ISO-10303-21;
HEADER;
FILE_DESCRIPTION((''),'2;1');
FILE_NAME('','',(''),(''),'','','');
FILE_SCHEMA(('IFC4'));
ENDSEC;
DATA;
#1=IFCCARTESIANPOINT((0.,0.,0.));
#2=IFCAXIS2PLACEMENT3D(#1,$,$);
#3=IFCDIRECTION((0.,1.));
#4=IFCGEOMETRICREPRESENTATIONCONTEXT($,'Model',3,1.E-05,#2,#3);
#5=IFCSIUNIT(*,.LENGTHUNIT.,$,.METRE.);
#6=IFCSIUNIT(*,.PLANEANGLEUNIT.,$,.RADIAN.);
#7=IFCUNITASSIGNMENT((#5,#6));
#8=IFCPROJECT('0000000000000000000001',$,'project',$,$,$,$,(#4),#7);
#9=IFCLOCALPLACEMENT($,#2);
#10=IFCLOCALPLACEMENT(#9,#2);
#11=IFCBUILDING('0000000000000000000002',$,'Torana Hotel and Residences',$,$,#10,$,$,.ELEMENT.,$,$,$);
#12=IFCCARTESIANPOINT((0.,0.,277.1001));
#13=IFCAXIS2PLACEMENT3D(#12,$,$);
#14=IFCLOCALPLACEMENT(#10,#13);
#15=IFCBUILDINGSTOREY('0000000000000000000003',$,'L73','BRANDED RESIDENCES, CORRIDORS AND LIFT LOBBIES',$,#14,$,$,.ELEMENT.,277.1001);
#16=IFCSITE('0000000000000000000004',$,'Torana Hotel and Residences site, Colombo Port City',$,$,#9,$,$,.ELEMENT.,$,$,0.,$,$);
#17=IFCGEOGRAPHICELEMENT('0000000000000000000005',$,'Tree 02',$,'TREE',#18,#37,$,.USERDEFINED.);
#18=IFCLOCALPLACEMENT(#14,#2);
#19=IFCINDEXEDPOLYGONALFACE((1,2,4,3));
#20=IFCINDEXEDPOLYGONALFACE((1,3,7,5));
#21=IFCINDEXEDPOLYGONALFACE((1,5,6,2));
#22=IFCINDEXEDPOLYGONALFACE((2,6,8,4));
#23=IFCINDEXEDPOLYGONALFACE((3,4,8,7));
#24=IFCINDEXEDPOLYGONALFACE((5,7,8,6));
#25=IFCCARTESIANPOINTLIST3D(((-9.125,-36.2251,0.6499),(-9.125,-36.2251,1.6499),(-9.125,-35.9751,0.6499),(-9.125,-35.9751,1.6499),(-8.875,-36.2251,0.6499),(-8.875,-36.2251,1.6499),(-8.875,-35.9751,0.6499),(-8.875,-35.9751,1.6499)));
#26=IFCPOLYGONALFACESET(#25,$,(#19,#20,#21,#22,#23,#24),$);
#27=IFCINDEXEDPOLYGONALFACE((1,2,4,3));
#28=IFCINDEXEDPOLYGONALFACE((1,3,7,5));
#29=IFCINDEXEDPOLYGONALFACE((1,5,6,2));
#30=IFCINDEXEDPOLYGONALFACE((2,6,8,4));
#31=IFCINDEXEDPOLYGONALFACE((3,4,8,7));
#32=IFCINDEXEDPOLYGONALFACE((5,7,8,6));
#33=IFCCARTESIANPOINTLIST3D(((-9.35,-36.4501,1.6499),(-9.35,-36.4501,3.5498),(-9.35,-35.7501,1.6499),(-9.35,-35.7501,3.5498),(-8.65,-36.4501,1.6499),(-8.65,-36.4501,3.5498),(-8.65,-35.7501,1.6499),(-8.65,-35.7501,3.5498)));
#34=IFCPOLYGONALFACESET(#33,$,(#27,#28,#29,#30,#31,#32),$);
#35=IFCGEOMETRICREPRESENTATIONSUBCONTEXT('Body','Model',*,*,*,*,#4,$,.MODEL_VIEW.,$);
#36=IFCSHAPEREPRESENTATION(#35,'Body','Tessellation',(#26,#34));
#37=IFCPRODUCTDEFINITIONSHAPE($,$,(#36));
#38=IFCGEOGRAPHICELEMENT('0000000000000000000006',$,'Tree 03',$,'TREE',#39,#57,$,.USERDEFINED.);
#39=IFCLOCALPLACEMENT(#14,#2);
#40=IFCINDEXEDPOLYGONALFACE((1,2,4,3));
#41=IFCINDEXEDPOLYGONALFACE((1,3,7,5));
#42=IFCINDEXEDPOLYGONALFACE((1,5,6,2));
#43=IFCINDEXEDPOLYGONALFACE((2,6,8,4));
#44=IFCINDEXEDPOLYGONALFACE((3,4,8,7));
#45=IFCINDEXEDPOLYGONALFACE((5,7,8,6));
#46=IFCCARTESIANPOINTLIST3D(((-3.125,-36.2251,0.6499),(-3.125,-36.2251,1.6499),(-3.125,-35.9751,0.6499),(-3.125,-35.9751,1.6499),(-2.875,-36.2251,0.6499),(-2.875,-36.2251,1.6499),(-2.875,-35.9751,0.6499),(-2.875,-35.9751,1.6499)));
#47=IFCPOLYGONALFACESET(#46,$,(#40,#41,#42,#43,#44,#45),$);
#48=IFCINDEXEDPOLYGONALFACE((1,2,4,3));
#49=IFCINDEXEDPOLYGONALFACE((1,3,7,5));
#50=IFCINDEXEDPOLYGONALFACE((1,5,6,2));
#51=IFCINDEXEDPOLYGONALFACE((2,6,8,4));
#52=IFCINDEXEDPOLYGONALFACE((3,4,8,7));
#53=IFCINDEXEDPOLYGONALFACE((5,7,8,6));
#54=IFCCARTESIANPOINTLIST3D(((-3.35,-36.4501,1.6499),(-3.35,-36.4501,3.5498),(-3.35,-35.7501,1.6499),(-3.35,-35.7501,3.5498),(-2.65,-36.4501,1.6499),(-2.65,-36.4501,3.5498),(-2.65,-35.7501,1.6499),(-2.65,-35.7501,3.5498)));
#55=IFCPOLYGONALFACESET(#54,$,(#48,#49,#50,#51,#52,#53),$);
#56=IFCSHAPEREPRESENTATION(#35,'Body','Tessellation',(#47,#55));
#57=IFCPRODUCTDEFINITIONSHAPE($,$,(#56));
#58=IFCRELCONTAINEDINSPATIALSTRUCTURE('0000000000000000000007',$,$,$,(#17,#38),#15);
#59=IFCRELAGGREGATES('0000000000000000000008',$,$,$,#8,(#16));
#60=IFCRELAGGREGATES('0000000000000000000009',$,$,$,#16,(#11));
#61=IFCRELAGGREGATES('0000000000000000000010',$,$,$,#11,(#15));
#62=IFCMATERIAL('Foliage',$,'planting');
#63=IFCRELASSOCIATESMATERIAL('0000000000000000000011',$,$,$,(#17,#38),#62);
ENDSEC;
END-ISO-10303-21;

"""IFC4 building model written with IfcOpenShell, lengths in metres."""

from ifc_helpers import new_model, si_unit, direction, frame, origin, origin_2d, place, context, subcontext, project, spatial, rectangle, extrude, material, element, save


model = new_model("IFC4")

# Units and contexts
model_context = context("Model", 3, precision=1e-05, world=origin(), true_north=direction((0.0, 1.0)))
body_context = subcontext(model_context, "Body", "Model", "MODEL_VIEW")
ifc_project = project(units=[si_unit("LENGTHUNIT", "METRE"), si_unit("PLANEANGLEUNIT", "RADIAN")], contexts=[model_context])

# Site, building, storey
site_placement = place(None, origin())
site = spatial("IfcSite", under=ifc_project, at=site_placement, Name="Torana Hotel and Residences site, Colombo Port City", CompositionType="ELEMENT", RefElevation=0.0)
building_placement = place(site_placement, origin())
building = spatial("IfcBuilding", under=site, at=building_placement, Name="Torana Hotel and Residences", CompositionType="ELEMENT")
storey_placement = place(building_placement, frame((0.0, 0.0, 277.1001)))
storey = spatial("IfcBuildingStorey", under=building, at=storey_placement, Name="L73", Description="BRANDED RESIDENCES, CORRIDORS AND LIFT LOBBIES", CompositionType="ELEMENT", Elevation=277.1001)

# Geographic elements
ifc_material_1 = material(Name="Foliage", Category="planting")
for number, where, z_axis, x_axis, name in (
    (1, (-9.0, -36.1001, 0.6499), (0.0, 0.0, 1.0), (1.0, 0.0, 0.0), "Tree 02"),
    (2, (-3.0, -36.1001, 0.6499), (0.0, 0.0, 1.0), (1.0, 0.0, 0.0), "Tree 03"),
):
    element("IfcGeographicElement", number, at=place(storey_placement, frame(where, z_axis=z_axis, x_axis=x_axis)), inside=storey, material=ifc_material_1, Name=name, ObjectType="TREE", PredefinedType="USERDEFINED", context=body_context, shape_type="SweptSolid", body=[
        extrude(rectangle(XDim=0.25, YDim=0.25, at=origin_2d()), origin(), (0.0, 0.0, 1.0), 1.0),
        extrude(rectangle(XDim=0.7, YDim=0.7, at=origin_2d()), frame((0.0, 0.0, 1.0)), (0.0, 0.0, 1.0), 1.8999),
    ])

save(model, "model.ifc")
